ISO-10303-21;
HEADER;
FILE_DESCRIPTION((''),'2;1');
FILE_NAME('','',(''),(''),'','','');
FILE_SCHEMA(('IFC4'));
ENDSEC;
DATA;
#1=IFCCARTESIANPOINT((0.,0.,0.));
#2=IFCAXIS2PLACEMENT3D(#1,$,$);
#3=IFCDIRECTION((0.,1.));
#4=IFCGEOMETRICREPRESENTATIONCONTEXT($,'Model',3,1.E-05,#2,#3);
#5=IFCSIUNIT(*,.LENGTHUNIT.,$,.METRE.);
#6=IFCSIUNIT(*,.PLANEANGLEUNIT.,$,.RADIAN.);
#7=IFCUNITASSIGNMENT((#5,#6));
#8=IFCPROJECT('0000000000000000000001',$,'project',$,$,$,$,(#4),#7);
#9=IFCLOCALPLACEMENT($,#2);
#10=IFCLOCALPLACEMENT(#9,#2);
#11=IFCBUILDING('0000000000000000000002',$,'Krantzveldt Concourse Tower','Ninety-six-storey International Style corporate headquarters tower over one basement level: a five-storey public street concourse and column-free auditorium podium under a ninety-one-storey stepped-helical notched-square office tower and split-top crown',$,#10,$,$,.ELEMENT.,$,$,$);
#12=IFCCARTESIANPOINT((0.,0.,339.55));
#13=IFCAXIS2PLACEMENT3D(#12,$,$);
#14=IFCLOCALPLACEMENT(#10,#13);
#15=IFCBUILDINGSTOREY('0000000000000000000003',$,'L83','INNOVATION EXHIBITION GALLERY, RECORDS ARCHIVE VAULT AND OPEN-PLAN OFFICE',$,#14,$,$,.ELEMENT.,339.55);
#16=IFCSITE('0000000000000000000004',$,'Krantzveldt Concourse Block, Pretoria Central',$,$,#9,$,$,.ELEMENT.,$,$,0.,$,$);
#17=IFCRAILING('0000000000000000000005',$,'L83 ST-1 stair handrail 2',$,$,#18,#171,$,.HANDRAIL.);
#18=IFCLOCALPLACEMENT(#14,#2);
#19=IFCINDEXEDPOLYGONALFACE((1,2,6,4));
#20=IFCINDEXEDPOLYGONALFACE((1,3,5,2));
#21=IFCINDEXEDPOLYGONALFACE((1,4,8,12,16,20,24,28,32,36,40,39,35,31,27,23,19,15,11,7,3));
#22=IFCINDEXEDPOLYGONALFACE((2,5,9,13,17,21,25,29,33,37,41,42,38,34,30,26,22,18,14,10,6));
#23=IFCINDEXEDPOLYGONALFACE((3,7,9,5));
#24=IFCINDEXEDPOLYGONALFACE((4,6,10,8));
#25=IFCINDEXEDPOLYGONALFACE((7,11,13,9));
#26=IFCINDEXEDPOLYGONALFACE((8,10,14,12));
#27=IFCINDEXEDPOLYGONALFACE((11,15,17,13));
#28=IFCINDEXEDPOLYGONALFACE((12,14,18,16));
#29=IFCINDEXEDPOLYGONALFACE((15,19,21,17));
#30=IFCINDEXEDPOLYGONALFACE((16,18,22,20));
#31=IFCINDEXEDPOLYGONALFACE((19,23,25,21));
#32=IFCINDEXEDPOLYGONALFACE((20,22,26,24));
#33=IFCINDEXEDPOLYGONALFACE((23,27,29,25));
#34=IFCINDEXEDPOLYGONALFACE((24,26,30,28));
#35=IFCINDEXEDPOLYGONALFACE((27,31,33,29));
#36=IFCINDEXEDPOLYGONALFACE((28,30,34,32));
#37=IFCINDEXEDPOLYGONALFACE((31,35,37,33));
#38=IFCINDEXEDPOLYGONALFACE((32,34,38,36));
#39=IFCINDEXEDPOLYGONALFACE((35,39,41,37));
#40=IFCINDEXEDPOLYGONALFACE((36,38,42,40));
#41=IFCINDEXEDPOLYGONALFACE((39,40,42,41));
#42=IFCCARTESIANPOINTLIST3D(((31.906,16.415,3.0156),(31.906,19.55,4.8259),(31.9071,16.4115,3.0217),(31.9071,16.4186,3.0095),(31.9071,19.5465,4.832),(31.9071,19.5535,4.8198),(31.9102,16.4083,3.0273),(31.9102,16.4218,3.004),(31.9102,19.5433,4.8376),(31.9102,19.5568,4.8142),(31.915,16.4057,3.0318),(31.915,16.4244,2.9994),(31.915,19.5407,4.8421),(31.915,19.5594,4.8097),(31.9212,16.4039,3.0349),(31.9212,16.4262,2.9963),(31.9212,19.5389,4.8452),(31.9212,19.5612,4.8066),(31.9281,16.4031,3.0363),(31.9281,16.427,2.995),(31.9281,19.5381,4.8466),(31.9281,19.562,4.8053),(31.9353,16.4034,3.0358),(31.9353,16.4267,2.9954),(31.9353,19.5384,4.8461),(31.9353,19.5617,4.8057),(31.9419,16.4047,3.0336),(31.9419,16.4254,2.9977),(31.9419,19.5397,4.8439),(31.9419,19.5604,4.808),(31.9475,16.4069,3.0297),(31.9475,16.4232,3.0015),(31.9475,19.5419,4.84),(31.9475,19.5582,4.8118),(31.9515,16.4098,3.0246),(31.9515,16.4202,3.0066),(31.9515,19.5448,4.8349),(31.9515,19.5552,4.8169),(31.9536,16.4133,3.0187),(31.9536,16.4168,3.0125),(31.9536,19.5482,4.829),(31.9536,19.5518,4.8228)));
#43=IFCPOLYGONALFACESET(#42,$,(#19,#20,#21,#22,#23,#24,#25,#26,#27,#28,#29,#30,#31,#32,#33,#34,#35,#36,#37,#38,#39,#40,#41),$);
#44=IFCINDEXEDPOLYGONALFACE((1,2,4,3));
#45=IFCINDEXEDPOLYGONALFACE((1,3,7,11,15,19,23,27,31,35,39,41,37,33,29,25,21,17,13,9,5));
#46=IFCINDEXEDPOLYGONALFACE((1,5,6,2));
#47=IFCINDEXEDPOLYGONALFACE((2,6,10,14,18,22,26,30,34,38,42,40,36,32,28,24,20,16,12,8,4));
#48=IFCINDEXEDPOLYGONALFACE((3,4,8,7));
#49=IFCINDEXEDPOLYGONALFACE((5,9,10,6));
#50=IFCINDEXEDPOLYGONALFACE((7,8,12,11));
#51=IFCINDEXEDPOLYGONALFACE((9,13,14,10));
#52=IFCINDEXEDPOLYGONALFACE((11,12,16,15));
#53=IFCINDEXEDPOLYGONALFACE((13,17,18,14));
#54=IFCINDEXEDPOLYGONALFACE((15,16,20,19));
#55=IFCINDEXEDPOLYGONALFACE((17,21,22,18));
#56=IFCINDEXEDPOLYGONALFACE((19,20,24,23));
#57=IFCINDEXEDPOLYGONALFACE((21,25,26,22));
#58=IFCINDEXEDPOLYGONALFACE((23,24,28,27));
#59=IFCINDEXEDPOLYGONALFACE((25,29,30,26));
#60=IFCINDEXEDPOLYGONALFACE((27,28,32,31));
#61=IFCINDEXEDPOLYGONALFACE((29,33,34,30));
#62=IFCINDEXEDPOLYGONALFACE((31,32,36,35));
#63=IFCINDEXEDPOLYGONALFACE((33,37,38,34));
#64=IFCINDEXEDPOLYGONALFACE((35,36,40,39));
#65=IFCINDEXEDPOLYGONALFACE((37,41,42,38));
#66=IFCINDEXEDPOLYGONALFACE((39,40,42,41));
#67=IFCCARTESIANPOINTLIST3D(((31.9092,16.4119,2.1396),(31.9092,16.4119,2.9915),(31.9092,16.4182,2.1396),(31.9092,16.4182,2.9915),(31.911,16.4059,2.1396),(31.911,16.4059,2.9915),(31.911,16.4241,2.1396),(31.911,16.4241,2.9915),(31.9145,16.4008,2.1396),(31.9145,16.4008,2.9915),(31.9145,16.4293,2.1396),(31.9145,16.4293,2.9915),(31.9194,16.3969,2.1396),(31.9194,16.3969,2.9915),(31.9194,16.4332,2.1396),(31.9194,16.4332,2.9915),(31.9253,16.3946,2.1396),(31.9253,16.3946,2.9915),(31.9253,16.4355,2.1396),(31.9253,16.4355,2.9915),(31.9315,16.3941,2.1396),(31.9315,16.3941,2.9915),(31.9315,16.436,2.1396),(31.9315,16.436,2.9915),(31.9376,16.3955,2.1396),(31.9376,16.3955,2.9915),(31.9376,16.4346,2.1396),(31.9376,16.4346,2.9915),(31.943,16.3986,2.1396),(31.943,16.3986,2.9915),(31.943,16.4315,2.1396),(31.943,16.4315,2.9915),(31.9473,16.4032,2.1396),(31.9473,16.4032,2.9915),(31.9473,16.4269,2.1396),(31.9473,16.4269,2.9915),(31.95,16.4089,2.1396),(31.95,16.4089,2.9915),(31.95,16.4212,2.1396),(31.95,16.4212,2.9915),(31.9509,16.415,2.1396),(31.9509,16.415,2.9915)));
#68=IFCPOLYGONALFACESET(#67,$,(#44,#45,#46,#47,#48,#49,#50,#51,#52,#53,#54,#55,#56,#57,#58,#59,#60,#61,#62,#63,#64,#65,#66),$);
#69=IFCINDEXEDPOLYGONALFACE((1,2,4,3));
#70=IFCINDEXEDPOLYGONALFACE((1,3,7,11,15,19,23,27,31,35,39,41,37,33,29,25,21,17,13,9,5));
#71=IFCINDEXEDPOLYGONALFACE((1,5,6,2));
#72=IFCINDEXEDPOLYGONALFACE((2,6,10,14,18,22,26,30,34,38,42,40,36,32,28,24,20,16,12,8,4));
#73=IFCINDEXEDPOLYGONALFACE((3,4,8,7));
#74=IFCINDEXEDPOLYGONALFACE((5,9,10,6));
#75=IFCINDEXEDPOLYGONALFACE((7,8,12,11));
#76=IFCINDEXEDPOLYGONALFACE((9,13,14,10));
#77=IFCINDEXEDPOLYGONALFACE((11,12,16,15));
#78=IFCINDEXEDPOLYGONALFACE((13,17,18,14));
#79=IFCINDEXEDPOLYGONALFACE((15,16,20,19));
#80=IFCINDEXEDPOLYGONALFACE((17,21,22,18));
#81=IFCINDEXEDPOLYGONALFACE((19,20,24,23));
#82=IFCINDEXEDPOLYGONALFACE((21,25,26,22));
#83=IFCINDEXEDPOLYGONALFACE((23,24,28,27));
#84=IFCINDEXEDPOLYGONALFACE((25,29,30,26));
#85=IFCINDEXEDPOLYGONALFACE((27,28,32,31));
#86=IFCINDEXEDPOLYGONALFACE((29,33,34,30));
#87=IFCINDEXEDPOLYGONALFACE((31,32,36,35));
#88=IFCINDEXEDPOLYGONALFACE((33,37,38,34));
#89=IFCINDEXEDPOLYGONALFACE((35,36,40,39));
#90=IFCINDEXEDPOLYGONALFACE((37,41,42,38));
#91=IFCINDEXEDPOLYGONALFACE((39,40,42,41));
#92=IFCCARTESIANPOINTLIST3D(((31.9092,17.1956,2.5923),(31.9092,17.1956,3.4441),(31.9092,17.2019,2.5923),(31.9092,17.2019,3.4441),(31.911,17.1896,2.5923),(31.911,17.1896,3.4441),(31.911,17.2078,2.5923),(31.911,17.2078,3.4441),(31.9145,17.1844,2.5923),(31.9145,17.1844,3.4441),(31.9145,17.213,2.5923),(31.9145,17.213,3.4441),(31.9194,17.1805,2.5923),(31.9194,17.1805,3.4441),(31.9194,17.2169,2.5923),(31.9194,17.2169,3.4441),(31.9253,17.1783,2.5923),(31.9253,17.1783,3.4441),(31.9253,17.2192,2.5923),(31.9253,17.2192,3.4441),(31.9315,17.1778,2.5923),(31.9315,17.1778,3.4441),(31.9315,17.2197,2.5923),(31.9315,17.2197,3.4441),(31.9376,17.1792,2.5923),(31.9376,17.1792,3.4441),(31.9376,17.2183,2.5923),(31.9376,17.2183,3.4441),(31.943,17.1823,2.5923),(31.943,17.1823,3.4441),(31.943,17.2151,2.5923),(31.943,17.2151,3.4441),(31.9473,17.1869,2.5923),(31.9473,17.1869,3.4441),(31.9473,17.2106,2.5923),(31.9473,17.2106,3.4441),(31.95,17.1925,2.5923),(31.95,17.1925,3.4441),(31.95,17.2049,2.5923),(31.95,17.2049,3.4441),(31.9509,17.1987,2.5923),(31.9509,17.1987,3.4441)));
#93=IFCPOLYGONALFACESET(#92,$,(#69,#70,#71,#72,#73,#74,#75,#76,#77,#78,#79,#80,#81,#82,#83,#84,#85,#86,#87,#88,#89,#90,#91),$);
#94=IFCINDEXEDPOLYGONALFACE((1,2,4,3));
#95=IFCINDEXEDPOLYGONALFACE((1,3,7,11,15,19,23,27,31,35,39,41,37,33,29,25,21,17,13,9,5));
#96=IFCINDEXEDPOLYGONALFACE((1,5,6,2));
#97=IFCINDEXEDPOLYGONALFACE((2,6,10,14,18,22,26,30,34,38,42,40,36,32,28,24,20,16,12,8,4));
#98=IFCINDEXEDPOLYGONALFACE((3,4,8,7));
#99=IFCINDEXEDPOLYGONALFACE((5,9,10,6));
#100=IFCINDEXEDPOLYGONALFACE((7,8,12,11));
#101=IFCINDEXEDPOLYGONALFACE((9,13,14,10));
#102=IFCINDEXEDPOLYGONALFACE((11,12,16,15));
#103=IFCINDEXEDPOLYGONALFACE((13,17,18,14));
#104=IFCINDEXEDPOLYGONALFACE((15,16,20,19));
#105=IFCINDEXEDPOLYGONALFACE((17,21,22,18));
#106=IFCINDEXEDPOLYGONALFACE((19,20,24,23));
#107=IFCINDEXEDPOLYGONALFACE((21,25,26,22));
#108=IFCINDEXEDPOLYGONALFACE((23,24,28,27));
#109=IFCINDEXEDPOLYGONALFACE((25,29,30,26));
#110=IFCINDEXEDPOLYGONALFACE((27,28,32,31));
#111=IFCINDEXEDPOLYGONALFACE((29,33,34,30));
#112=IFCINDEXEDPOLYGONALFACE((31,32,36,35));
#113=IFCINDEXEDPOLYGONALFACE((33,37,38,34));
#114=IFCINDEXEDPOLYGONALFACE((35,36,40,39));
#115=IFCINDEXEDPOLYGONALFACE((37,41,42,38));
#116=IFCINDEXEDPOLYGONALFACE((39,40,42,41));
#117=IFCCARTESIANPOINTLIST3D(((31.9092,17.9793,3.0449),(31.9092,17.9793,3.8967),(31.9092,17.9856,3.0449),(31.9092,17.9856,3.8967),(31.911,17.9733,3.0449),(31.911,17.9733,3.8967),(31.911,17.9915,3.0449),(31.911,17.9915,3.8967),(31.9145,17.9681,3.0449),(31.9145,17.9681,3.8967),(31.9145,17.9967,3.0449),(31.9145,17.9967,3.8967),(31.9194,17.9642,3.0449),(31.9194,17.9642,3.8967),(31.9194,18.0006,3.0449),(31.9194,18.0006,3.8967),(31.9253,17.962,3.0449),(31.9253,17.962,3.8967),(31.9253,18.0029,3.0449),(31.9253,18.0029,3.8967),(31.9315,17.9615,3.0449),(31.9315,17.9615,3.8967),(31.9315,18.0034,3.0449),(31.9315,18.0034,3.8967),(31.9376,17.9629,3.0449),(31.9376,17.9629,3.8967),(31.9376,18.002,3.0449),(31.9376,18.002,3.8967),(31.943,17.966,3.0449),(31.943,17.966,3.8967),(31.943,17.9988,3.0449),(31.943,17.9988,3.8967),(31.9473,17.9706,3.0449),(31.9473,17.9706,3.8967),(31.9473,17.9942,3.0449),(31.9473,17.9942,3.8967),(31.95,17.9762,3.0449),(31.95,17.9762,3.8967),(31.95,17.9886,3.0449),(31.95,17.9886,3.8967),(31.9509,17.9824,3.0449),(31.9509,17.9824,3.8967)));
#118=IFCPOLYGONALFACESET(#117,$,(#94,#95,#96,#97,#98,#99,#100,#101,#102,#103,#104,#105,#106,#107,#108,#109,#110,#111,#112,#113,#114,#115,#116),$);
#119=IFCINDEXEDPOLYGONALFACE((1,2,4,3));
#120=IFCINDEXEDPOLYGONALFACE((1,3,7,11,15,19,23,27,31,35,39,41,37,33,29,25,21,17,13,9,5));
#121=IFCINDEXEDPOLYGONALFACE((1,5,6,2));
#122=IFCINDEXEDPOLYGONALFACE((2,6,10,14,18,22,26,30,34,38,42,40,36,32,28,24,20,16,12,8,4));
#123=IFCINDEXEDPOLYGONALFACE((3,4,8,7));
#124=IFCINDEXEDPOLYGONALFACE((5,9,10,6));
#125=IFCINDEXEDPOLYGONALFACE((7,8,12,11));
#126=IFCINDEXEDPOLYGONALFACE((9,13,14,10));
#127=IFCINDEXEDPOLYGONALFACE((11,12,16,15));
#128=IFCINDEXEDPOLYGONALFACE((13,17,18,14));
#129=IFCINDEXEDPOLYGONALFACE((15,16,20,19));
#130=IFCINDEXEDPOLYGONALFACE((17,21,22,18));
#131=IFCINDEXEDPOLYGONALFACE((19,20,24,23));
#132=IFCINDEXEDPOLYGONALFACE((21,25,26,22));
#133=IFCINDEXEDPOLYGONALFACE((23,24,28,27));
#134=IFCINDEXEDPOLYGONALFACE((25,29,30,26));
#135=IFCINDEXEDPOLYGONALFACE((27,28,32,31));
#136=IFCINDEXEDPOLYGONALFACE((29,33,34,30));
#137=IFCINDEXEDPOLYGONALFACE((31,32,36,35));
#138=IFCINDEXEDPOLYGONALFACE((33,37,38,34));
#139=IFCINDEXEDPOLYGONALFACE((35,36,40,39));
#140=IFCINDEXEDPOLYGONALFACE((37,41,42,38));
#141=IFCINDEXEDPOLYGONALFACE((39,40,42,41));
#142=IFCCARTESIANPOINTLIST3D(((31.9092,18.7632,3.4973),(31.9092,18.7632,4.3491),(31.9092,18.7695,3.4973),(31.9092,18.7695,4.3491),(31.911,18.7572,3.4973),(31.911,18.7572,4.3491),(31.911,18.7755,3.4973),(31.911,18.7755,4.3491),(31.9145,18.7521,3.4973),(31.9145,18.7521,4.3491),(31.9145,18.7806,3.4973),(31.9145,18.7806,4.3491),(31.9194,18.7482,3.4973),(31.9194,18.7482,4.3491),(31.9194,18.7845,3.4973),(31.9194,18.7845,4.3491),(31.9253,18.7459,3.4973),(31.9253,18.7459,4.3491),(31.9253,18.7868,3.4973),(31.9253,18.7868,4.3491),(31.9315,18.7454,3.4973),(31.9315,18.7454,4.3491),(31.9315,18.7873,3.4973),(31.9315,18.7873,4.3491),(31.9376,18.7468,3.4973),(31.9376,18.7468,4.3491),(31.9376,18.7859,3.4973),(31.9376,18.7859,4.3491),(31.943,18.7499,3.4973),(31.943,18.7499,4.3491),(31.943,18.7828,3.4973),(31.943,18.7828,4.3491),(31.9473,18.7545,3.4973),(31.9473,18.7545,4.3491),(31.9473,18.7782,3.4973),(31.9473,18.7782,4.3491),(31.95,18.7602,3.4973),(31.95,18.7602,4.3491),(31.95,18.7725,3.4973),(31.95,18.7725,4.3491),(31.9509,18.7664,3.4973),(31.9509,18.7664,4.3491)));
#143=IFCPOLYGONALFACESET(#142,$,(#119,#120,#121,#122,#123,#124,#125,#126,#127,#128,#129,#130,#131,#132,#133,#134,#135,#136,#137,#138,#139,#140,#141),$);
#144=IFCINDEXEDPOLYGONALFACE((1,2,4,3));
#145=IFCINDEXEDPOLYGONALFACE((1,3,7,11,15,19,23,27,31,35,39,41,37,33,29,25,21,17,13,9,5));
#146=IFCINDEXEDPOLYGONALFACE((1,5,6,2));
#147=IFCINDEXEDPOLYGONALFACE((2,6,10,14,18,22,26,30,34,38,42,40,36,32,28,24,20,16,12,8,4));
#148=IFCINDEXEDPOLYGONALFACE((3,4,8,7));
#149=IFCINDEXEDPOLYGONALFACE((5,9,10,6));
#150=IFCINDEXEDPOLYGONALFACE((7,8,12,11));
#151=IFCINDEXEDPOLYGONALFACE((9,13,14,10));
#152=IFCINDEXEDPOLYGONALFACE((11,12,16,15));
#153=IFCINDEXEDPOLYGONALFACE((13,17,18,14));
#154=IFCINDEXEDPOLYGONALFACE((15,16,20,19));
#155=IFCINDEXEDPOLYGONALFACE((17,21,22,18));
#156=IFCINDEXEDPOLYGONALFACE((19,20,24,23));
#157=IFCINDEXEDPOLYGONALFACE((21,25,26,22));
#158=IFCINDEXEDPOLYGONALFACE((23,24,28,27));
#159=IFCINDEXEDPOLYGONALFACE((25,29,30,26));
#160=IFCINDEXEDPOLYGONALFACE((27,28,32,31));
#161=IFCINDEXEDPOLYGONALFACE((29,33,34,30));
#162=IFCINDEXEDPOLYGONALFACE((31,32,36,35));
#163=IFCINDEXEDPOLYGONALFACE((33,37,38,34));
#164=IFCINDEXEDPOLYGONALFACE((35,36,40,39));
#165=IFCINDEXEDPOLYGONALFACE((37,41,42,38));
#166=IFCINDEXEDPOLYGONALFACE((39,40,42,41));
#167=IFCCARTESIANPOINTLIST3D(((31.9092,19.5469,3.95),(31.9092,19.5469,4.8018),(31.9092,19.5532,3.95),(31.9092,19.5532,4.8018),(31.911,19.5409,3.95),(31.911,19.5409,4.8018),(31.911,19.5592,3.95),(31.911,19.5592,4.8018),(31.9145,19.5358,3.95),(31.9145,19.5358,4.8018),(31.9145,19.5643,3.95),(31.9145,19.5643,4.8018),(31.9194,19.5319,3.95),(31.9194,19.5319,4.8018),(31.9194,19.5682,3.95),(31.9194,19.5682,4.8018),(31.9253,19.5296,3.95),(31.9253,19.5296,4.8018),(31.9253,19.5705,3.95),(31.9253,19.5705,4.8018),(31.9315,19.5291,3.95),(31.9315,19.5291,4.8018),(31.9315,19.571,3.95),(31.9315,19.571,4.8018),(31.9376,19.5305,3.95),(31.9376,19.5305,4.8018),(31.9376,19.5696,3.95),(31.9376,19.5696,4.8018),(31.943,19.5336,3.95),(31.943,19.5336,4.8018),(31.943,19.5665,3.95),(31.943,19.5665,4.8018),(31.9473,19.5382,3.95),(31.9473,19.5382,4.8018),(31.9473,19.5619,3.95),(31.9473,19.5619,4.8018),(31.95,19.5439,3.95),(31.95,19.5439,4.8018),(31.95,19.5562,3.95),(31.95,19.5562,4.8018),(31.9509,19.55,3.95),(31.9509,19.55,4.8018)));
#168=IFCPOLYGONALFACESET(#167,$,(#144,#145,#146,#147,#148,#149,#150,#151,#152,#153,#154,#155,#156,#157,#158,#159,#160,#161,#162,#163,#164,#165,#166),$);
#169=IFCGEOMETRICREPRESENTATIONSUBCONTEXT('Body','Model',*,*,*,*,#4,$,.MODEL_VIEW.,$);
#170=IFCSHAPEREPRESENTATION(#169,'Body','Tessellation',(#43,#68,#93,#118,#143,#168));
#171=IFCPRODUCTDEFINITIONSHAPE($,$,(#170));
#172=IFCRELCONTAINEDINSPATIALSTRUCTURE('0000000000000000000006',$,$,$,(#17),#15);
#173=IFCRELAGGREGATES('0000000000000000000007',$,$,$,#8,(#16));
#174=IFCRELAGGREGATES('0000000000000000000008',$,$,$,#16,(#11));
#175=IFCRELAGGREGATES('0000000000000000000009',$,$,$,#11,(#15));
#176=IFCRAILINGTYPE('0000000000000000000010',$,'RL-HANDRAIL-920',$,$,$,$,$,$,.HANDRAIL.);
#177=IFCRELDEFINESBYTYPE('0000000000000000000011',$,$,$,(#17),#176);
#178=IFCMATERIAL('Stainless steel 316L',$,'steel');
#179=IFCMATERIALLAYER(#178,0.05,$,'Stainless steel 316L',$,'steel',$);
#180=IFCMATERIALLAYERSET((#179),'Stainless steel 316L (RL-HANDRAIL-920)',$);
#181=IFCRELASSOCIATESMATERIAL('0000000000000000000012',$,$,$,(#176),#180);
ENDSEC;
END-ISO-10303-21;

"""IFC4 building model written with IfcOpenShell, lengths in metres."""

from ifc_helpers import new_model, si_unit, direction, frame, origin, origin_2d, place, context, subcontext, project, spatial, circle, extrude, material, layer, layer_set, type_object, element, save


model = new_model("IFC4")

# Units and contexts
model_context = context("Model", 3, precision=1e-05, world=origin(), true_north=direction((0.0, 1.0)))
body_context = subcontext(model_context, "Body", "Model", "MODEL_VIEW")
ifc_project = project(units=[si_unit("LENGTHUNIT", "METRE"), si_unit("PLANEANGLEUNIT", "RADIAN")], contexts=[model_context])

# Site, building, storey
site_placement = place(None, origin())
site = spatial("IfcSite", under=ifc_project, at=site_placement, Name="Krantzveldt Concourse Block, Pretoria Central", CompositionType="ELEMENT", RefElevation=0.0)
building_placement = place(site_placement, origin())
building = spatial("IfcBuilding", under=site, at=building_placement, Name="Krantzveldt Concourse Tower", Description="Ninety-six-storey International Style corporate headquarters tower over one basement level: a five-storey public street concourse and column-free auditorium podium under a ninety-one-storey stepped-helical notched-square office tower and split-top crown", CompositionType="ELEMENT")
storey_placement = place(building_placement, frame((0.0, 0.0, 339.55)))
storey = spatial("IfcBuildingStorey", under=building, at=storey_placement, Name="L83", Description="INNOVATION EXHIBITION GALLERY, RECORDS ARCHIVE VAULT AND OPEN-PLAN OFFICE", CompositionType="ELEMENT", Elevation=339.55)

# Railing
ifc_material_1 = material(Name="Stainless steel 316L", Category="steel")
ifc_layer_1 = layer(ifc_material_1, 0.05, Name="Stainless steel 316L", Category="steel")
ifc_layer_set_1 = layer_set([ifc_layer_1], Name="Stainless steel 316L (RL-HANDRAIL-920)")
railing_type_1 = type_object("IfcRailingType", Name="RL-HANDRAIL-920", PredefinedType="HANDRAIL", material=ifc_layer_set_1)
railing_1_placement = place(storey_placement, frame((31.9299, 16.415, 2.1396)))
element("IfcRailing", 1, at=railing_1_placement, inside=storey, type_object=railing_type_1, Name="L83 ST-1 stair handrail 2", PredefinedType="HANDRAIL", context=body_context, shape_type="SweptSolid", body=[
    extrude(circle(Radius=0.0239, at=origin_2d()), frame((0.0, 0.0, 0.876), z_axis=(0.0, 0.865989, 0.500063), x_axis=(-1.0, 0.0, 0.0)), (0.0, 0.0, 1.0), 3.6201),
    extrude(circle(Radius=0.021, at=origin_2d()), origin(), (0.0, 0.0, 1.0), 0.8518),
    extrude(circle(Radius=0.021, at=origin_2d()), frame((0.0, 0.7837, 0.4526)), (0.0, 0.0, 1.0), 0.8518),
    extrude(circle(Radius=0.021, at=origin_2d()), frame((0.0, 1.5674, 0.9053)), (0.0, 0.0, 1.0), 0.8518),
    extrude(circle(Radius=0.021, at=origin_2d()), frame((0.0, 2.3513, 1.3577)), (0.0, 0.0, 1.0), 0.8518),
    extrude(circle(Radius=0.021, at=origin_2d()), frame((0.0, 3.135, 1.8103)), (0.0, 0.0, 1.0), 0.8518),
])

save(model, "model.ifc")
